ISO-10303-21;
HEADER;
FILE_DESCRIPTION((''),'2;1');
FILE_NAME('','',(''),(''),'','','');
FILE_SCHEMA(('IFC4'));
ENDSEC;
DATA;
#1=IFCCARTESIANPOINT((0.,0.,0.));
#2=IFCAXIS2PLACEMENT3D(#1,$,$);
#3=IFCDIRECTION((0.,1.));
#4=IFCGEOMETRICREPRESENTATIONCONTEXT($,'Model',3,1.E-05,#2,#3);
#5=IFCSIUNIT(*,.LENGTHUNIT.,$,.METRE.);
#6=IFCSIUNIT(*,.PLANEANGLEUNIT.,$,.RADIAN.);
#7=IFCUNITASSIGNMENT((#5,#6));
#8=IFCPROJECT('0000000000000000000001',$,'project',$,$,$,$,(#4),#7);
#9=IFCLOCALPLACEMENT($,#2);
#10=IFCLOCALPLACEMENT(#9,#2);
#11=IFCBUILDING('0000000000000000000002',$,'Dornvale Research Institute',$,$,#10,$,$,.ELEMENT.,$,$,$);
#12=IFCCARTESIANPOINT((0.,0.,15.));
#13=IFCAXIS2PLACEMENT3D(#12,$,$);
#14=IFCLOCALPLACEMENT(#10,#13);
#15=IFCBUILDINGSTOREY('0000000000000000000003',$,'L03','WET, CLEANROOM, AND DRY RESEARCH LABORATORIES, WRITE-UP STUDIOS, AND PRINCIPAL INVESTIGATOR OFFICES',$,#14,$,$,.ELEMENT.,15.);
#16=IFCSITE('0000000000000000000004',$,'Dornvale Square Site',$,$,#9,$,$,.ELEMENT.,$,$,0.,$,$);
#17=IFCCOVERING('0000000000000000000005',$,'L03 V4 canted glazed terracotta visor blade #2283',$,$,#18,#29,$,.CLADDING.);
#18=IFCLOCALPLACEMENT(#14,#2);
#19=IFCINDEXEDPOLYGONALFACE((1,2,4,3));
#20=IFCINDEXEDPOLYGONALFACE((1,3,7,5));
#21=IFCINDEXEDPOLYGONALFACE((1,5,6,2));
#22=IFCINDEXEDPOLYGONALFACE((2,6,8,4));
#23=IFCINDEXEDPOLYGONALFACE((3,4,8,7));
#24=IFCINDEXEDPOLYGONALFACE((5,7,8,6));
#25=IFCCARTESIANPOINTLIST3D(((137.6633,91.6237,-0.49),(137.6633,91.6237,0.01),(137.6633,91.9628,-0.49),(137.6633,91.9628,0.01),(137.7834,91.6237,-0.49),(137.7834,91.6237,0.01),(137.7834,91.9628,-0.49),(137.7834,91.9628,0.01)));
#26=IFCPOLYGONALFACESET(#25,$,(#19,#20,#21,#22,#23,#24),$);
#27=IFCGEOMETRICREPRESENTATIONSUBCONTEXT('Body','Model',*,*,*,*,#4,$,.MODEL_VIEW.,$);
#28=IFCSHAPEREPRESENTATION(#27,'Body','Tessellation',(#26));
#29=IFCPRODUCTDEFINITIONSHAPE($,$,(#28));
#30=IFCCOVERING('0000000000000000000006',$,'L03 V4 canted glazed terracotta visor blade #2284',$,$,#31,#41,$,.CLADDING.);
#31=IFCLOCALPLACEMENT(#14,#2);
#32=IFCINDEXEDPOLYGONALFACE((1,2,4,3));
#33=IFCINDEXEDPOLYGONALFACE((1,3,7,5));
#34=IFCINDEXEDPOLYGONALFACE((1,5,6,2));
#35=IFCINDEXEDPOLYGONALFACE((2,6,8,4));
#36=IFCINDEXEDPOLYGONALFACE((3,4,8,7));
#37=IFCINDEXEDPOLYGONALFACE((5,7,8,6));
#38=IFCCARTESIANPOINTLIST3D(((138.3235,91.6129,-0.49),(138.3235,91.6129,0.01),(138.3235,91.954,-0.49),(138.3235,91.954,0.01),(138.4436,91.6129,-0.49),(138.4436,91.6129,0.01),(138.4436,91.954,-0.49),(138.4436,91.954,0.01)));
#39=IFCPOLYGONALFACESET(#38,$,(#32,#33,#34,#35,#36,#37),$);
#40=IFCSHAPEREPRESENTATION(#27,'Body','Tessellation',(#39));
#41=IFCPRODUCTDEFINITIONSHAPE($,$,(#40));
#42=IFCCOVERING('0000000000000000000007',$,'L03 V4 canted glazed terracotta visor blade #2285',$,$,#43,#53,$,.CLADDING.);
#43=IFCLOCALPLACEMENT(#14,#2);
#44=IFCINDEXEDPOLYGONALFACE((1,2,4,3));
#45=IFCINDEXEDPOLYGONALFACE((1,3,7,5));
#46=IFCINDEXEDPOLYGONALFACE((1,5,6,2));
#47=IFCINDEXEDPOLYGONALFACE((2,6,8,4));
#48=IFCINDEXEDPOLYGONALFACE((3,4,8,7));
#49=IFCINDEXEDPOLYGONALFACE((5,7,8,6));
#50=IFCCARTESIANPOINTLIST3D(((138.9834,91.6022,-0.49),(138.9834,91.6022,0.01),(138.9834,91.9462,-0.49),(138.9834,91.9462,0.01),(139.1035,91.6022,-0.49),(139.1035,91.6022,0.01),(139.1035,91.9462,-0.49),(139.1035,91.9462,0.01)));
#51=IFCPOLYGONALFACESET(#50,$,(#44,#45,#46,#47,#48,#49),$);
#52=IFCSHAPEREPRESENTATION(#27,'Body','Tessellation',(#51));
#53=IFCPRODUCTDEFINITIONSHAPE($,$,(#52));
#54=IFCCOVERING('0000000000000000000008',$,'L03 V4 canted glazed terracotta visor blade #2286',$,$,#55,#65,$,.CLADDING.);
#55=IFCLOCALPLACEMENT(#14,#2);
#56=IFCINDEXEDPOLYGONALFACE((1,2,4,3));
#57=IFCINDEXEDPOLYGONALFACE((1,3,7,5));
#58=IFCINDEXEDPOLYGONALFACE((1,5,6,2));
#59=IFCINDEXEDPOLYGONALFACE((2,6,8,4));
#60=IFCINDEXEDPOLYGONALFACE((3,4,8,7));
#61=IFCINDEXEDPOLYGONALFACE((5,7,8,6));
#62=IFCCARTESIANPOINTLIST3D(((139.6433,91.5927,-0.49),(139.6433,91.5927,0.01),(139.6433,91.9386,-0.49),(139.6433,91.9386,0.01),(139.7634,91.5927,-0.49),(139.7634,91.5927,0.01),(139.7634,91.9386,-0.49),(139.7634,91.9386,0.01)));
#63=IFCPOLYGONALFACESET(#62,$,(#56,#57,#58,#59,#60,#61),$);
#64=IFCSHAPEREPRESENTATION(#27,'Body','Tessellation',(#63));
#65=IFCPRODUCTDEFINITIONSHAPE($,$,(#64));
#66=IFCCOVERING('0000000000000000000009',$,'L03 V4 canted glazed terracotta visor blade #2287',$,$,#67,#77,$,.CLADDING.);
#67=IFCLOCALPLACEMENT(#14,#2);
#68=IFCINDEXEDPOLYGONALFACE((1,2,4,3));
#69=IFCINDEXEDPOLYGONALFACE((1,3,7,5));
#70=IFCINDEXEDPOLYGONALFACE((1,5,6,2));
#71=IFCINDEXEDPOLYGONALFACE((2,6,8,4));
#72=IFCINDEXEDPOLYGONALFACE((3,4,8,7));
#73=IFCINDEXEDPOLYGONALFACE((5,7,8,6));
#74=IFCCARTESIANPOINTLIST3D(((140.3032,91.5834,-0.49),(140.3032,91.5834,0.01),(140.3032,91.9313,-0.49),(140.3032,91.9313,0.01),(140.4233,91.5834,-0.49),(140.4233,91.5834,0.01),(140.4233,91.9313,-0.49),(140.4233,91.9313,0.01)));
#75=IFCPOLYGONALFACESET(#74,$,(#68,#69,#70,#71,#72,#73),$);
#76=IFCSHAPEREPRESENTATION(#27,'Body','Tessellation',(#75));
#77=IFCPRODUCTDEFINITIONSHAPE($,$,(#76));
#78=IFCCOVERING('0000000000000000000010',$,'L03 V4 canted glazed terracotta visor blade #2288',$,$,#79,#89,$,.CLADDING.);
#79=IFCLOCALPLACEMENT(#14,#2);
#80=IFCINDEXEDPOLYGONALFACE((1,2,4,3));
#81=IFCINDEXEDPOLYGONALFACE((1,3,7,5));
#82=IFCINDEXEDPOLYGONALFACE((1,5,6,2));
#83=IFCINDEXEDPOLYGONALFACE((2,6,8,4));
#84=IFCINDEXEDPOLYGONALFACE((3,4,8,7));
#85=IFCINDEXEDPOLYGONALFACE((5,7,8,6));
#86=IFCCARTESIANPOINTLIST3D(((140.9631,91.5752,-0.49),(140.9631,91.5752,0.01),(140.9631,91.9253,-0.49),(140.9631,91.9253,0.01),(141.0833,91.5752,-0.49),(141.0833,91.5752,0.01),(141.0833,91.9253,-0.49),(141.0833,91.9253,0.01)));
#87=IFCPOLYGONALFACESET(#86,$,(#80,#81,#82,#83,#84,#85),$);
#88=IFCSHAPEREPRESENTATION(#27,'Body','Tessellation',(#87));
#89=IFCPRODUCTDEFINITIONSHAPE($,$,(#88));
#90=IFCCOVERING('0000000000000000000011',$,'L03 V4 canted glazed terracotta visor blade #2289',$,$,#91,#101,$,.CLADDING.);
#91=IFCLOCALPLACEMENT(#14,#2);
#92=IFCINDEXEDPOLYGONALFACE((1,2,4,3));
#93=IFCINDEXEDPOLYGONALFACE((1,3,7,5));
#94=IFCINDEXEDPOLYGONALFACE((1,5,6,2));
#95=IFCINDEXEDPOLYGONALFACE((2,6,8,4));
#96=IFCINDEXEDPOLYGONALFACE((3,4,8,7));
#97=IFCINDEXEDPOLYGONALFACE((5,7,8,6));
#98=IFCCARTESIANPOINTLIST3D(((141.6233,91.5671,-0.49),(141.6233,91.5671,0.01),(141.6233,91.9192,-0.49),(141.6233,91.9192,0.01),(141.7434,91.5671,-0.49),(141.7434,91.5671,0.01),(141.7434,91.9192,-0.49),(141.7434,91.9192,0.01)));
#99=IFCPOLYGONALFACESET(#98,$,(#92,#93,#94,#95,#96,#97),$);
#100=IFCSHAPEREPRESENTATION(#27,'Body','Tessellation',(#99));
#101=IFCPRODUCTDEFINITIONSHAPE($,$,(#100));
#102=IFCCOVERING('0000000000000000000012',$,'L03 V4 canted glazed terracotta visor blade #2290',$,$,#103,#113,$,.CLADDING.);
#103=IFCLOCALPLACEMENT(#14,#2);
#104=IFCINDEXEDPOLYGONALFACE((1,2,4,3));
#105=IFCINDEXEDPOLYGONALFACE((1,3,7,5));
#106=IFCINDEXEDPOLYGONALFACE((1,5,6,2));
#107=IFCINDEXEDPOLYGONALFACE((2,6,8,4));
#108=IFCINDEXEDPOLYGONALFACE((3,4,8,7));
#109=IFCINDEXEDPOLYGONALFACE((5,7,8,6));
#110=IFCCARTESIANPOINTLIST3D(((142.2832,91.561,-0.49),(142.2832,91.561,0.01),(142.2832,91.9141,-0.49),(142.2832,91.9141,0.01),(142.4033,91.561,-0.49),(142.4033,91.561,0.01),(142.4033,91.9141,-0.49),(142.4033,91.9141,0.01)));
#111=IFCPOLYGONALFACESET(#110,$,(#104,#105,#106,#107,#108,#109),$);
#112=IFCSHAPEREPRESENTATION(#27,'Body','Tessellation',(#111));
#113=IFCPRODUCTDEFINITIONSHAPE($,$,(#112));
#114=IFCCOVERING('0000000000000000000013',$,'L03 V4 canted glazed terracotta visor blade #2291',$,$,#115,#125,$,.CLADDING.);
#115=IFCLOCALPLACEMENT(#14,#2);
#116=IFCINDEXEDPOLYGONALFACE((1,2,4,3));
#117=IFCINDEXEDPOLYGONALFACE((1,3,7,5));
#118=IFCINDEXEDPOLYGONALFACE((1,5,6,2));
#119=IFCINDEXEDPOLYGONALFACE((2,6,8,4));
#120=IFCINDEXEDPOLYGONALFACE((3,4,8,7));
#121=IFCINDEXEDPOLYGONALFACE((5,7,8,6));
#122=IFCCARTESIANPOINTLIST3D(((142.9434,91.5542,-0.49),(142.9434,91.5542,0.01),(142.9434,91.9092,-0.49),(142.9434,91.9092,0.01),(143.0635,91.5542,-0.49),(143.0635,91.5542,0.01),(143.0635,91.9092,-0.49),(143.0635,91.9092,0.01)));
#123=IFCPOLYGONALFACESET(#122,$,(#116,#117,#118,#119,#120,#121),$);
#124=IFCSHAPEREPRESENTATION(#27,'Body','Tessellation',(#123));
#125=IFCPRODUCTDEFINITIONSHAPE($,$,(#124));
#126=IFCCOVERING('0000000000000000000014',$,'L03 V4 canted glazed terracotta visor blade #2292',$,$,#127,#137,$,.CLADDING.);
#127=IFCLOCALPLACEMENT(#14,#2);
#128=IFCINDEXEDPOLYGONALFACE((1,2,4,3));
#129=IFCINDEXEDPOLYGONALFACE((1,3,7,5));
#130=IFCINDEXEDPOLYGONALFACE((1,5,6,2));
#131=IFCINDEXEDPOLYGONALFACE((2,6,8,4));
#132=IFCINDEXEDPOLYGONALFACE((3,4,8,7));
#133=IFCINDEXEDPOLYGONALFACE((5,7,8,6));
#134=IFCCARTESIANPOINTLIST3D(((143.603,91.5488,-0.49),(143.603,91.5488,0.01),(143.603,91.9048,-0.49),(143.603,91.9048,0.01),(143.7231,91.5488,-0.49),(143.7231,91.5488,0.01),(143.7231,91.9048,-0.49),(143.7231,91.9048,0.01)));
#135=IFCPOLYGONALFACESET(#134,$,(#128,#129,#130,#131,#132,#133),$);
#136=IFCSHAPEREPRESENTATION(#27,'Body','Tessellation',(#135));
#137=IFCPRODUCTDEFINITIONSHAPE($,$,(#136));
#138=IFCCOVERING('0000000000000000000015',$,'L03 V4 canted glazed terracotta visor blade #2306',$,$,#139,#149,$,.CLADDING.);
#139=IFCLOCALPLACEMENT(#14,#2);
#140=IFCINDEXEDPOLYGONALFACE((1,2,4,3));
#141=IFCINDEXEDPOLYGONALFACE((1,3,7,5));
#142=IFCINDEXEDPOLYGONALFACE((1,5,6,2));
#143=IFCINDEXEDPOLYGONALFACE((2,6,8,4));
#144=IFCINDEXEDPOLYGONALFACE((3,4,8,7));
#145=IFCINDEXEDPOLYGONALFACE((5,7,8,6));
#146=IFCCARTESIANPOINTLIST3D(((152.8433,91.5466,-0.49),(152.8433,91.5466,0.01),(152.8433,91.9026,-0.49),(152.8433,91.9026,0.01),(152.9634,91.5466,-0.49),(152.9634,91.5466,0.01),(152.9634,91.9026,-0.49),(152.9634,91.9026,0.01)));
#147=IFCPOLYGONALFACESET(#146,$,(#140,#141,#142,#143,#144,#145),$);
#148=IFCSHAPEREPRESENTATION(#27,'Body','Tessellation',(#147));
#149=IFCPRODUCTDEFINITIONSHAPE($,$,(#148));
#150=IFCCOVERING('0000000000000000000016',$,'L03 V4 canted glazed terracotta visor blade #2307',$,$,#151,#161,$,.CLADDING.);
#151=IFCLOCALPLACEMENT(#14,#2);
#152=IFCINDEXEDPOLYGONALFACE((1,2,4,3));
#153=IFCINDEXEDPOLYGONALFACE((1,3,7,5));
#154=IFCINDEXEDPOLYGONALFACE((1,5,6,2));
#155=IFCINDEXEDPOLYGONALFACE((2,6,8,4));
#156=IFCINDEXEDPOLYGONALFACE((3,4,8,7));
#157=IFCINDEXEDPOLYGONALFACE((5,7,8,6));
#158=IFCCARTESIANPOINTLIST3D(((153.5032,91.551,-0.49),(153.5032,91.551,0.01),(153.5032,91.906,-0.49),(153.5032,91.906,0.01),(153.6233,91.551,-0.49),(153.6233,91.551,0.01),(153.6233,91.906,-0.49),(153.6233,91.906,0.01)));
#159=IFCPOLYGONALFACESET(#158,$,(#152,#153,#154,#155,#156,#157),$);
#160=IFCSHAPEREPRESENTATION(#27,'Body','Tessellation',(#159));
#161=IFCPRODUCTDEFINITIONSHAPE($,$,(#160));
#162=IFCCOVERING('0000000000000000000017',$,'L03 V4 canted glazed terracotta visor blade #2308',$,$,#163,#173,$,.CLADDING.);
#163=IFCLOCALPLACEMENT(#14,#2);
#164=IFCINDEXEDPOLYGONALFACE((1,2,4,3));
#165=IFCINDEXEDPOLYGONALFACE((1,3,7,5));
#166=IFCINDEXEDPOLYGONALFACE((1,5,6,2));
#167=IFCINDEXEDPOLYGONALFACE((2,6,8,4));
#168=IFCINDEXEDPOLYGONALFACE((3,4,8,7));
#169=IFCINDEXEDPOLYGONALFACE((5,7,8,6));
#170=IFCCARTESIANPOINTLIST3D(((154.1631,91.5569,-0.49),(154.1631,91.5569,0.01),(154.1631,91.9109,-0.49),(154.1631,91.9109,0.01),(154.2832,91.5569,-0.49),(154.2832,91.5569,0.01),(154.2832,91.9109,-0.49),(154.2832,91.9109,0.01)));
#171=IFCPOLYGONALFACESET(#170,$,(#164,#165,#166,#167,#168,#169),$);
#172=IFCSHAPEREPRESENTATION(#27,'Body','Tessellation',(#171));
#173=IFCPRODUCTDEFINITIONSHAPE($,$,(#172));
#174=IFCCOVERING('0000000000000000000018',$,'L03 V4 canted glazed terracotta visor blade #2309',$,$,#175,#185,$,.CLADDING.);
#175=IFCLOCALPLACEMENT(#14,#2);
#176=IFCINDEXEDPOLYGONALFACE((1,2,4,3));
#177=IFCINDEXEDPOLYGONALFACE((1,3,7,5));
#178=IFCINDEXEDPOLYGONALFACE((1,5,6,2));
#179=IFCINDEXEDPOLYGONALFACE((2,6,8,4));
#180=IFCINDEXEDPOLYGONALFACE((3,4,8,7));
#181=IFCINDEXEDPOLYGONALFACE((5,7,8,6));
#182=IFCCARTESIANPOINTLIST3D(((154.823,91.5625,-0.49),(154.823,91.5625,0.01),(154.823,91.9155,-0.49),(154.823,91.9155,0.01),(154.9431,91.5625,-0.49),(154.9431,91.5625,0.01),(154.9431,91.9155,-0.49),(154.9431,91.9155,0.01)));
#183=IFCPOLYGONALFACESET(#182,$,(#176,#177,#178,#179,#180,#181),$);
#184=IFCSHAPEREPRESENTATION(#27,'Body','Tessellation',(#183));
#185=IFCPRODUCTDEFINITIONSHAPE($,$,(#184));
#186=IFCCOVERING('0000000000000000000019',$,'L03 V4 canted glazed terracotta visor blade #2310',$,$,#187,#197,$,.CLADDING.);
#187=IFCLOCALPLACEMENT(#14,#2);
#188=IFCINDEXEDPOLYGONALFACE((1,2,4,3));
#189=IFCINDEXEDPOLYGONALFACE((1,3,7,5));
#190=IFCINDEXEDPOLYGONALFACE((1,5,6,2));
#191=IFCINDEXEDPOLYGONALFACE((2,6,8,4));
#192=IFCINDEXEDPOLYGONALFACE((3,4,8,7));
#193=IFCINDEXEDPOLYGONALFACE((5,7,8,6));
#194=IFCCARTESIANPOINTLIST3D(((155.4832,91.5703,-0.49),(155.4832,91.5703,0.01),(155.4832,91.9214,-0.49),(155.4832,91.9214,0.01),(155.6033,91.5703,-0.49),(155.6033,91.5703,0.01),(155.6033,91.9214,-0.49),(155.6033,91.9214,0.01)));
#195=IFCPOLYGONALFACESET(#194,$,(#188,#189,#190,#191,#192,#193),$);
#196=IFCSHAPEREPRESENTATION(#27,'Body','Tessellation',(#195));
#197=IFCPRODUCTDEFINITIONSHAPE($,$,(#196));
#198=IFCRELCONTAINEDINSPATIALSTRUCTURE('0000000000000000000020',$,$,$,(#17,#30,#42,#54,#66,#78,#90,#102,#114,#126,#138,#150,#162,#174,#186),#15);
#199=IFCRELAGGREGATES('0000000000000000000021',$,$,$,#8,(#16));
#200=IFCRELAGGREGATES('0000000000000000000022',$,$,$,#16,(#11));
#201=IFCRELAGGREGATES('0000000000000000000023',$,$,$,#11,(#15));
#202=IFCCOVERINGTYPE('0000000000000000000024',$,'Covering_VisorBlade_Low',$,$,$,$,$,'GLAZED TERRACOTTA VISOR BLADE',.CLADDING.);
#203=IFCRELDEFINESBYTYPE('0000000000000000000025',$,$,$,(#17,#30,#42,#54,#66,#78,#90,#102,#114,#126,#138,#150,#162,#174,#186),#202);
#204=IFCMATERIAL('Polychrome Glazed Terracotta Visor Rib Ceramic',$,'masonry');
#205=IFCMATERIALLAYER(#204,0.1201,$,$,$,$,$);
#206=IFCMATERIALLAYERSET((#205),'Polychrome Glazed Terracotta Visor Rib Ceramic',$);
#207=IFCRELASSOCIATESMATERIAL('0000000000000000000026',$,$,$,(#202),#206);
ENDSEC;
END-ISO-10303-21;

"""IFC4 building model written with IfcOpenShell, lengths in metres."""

from ifc_helpers import new_model, si_unit, direction, frame, origin, origin_2d, place, context, subcontext, project, spatial, rectangle, extrude, material, layer, layer_set, type_object, element, save


model = new_model("IFC4")

# Units and contexts
model_context = context("Model", 3, precision=1e-05, world=origin(), true_north=direction((0.0, 1.0)))
body_context = subcontext(model_context, "Body", "Model", "MODEL_VIEW")
ifc_project = project(units=[si_unit("LENGTHUNIT", "METRE"), si_unit("PLANEANGLEUNIT", "RADIAN")], contexts=[model_context])

# Site, building, storey
site_placement = place(None, origin())
site = spatial("IfcSite", under=ifc_project, at=site_placement, Name="Dornvale Square Site", CompositionType="ELEMENT", RefElevation=0.0)
building_placement = place(site_placement, origin())
building = spatial("IfcBuilding", under=site, at=building_placement, Name="Dornvale Research Institute", CompositionType="ELEMENT")
storey_placement = place(building_placement, frame((0.0, 0.0, 15.0)))
storey = spatial("IfcBuildingStorey", under=building, at=storey_placement, Name="L03", Description="WET, CLEANROOM, AND DRY RESEARCH LABORATORIES, WRITE-UP STUDIOS, AND PRINCIPAL INVESTIGATOR OFFICES", CompositionType="ELEMENT", Elevation=15.0)

# Coverings
ifc_material = material(Name="Polychrome Glazed Terracotta Visor Rib Ceramic", Category="masonry")
ifc_layer = layer(ifc_material, 0.1201)
ifc_layer_set = layer_set([ifc_layer], Name="Polychrome Glazed Terracotta Visor Rib Ceramic")
covering_type = type_object("IfcCoveringType", Name="Covering_VisorBlade_Low", ElementType="GLAZED TERRACOTTA VISOR BLADE", PredefinedType="CLADDING", material=ifc_layer_set)
covering_1_placement = place(storey_placement, frame((137.7234, 91.7932, -0.49), z_axis=(0.0, 0.0, 1.0), x_axis=(0.0, 1.0, 0.0)))
element("IfcCovering", 1, at=covering_1_placement, inside=storey, type_object=covering_type, Name="L03 V4 canted glazed terracotta visor blade #2283", PredefinedType="CLADDING", context=body_context, shape_type="SweptSolid", body=[
    extrude(rectangle(XDim=0.3391, YDim=0.1201, at=origin_2d()), origin(), (0.0, 0.0, 1.0), 0.5),
])
covering_2_placement = place(storey_placement, frame((138.3835, 91.7834, -0.49), z_axis=(0.0, 0.0, 1.0), x_axis=(0.0, 1.0, 0.0)))
element("IfcCovering", 2, at=covering_2_placement, inside=storey, type_object=covering_type, Name="L03 V4 canted glazed terracotta visor blade #2284", PredefinedType="CLADDING", context=body_context, shape_type="SweptSolid", body=[
    extrude(rectangle(XDim=0.3411, YDim=0.1201, at=origin_2d()), origin(), (0.0, 0.0, 1.0), 0.5),
])
covering_3_placement = place(storey_placement, frame((139.0435, 91.7742, -0.49), z_axis=(0.0, 0.0, 1.0), x_axis=(0.0, 1.0, 0.0)))
element("IfcCovering", 3, at=covering_3_placement, inside=storey, type_object=covering_type, Name="L03 V4 canted glazed terracotta visor blade #2285", PredefinedType="CLADDING", context=body_context, shape_type="SweptSolid", body=[
    extrude(rectangle(XDim=0.344, YDim=0.1201, at=origin_2d()), origin(), (0.0, 0.0, 1.0), 0.5),
])
covering_4_placement = place(storey_placement, frame((139.7034, 91.7656, -0.49), z_axis=(0.0, 0.0, 1.0), x_axis=(0.0, 1.0, 0.0)))
element("IfcCovering", 4, at=covering_4_placement, inside=storey, type_object=covering_type, Name="L03 V4 canted glazed terracotta visor blade #2286", PredefinedType="CLADDING", context=body_context, shape_type="SweptSolid", body=[
    extrude(rectangle(XDim=0.3459, YDim=0.1201, at=origin_2d()), origin(), (0.0, 0.0, 1.0), 0.5),
])
covering_5_placement = place(storey_placement, frame((140.3633, 91.7573, -0.49), z_axis=(0.0, 0.0, 1.0), x_axis=(0.0, 1.0, 0.0)))
element("IfcCovering", 5, at=covering_5_placement, inside=storey, type_object=covering_type, Name="L03 V4 canted glazed terracotta visor blade #2287", PredefinedType="CLADDING", context=body_context, shape_type="SweptSolid", body=[
    extrude(rectangle(XDim=0.3479, YDim=0.1201, at=origin_2d()), origin(), (0.0, 0.0, 1.0), 0.5),
])
covering_6_placement = place(storey_placement, frame((141.0232, 91.7502, -0.49), z_axis=(0.0, 0.0, 1.0), x_axis=(0.0, 1.0, 0.0)))
element("IfcCovering", 6, at=covering_6_placement, inside=storey, type_object=covering_type, Name="L03 V4 canted glazed terracotta visor blade #2288", PredefinedType="CLADDING", context=body_context, shape_type="SweptSolid", body=[
    extrude(rectangle(XDim=0.3501, YDim=0.1201, at=origin_2d()), origin(), (0.0, 0.0, 1.0), 0.5),
])
covering_7_placement = place(storey_placement, frame((141.6833, 91.7432, -0.49), z_axis=(0.0, 0.0, 1.0), x_axis=(0.0, 1.0, 0.0)))
element("IfcCovering", 7, at=covering_7_placement, inside=storey, type_object=covering_type, Name="L03 V4 canted glazed terracotta visor blade #2289", PredefinedType="CLADDING", context=body_context, shape_type="SweptSolid", body=[
    extrude(rectangle(XDim=0.3521, YDim=0.1201, at=origin_2d()), origin(), (0.0, 0.0, 1.0), 0.5),
])
covering_8_placement = place(storey_placement, frame((142.3433, 91.7375, -0.49), z_axis=(0.0, 0.0, 1.0), x_axis=(0.0, 1.0, 0.0)))
element("IfcCovering", 8, at=covering_8_placement, inside=storey, type_object=covering_type, Name="L03 V4 canted glazed terracotta visor blade #2290", PredefinedType="CLADDING", context=body_context, shape_type="SweptSolid", body=[
    extrude(rectangle(XDim=0.353, YDim=0.1201, at=origin_2d()), origin(), (0.0, 0.0, 1.0), 0.5),
])
covering_9_placement = place(storey_placement, frame((143.0034, 91.7317, -0.49), z_axis=(0.0, 0.0, 1.0), x_axis=(0.0, 1.0, 0.0)))
element("IfcCovering", 9, at=covering_9_placement, inside=storey, type_object=covering_type, Name="L03 V4 canted glazed terracotta visor blade #2291", PredefinedType="CLADDING", context=body_context, shape_type="SweptSolid", body=[
    extrude(rectangle(XDim=0.355, YDim=0.1201, at=origin_2d()), origin(), (0.0, 0.0, 1.0), 0.5),
])
for number, where, z_axis, x_axis, name in (
    (10, (143.6631, 91.7268, -0.49), (0.0, 0.0, 1.0), (0.0, 1.0, 0.0), "L03 V4 canted glazed terracotta visor blade #2292"),
    (11, (152.9033, 91.7246, -0.49), (0.0, 0.0, 1.0), (0.0, 1.0, 0.0), "L03 V4 canted glazed terracotta visor blade #2306"),
):
    element("IfcCovering", number, at=place(storey_placement, frame(where, z_axis=z_axis, x_axis=x_axis)), inside=storey, type_object=covering_type, Name=name, PredefinedType="CLADDING", context=body_context, shape_type="SweptSolid", body=[
        extrude(rectangle(XDim=0.356, YDim=0.1201, at=origin_2d()), origin(), (0.0, 0.0, 1.0), 0.5),
    ])
covering_10_placement = place(storey_placement, frame((153.5632, 91.7285, -0.49), z_axis=(0.0, 0.0, 1.0), x_axis=(0.0, 1.0, 0.0)))
element("IfcCovering", 12, at=covering_10_placement, inside=storey, type_object=covering_type, Name="L03 V4 canted glazed terracotta visor blade #2307", PredefinedType="CLADDING", context=body_context, shape_type="SweptSolid", body=[
    extrude(rectangle(XDim=0.355, YDim=0.1201, at=origin_2d()), origin(), (0.0, 0.0, 1.0), 0.5),
])
covering_11_placement = place(storey_placement, frame((154.2231, 91.7339, -0.49), z_axis=(0.0, 0.0, 1.0), x_axis=(0.0, 1.0, 0.0)))
element("IfcCovering", 13, at=covering_11_placement, inside=storey, type_object=covering_type, Name="L03 V4 canted glazed terracotta visor blade #2308", PredefinedType="CLADDING", context=body_context, shape_type="SweptSolid", body=[
    extrude(rectangle(XDim=0.354, YDim=0.1201, at=origin_2d()), origin(), (0.0, 0.0, 1.0), 0.5),
])
covering_12_placement = place(storey_placement, frame((154.8831, 91.739, -0.49), z_axis=(0.0, 0.0, 1.0), x_axis=(0.0, 1.0, 0.0)))
element("IfcCovering", 14, at=covering_12_placement, inside=storey, type_object=covering_type, Name="L03 V4 canted glazed terracotta visor blade #2309", PredefinedType="CLADDING", context=body_context, shape_type="SweptSolid", body=[
    extrude(rectangle(XDim=0.353, YDim=0.1201, at=origin_2d()), origin(), (0.0, 0.0, 1.0), 0.5),
])
covering_13_placement = place(storey_placement, frame((155.5432, 91.7458, -0.49), z_axis=(0.0, 0.0, 1.0), x_axis=(0.0, 1.0, 0.0)))
element("IfcCovering", 15, at=covering_13_placement, inside=storey, type_object=covering_type, Name="L03 V4 canted glazed terracotta visor blade #2310", PredefinedType="CLADDING", context=body_context, shape_type="SweptSolid", body=[
    extrude(rectangle(XDim=0.3511, YDim=0.1201, at=origin_2d()), origin(), (0.0, 0.0, 1.0), 0.5),
])

save(model, "model.ifc")
